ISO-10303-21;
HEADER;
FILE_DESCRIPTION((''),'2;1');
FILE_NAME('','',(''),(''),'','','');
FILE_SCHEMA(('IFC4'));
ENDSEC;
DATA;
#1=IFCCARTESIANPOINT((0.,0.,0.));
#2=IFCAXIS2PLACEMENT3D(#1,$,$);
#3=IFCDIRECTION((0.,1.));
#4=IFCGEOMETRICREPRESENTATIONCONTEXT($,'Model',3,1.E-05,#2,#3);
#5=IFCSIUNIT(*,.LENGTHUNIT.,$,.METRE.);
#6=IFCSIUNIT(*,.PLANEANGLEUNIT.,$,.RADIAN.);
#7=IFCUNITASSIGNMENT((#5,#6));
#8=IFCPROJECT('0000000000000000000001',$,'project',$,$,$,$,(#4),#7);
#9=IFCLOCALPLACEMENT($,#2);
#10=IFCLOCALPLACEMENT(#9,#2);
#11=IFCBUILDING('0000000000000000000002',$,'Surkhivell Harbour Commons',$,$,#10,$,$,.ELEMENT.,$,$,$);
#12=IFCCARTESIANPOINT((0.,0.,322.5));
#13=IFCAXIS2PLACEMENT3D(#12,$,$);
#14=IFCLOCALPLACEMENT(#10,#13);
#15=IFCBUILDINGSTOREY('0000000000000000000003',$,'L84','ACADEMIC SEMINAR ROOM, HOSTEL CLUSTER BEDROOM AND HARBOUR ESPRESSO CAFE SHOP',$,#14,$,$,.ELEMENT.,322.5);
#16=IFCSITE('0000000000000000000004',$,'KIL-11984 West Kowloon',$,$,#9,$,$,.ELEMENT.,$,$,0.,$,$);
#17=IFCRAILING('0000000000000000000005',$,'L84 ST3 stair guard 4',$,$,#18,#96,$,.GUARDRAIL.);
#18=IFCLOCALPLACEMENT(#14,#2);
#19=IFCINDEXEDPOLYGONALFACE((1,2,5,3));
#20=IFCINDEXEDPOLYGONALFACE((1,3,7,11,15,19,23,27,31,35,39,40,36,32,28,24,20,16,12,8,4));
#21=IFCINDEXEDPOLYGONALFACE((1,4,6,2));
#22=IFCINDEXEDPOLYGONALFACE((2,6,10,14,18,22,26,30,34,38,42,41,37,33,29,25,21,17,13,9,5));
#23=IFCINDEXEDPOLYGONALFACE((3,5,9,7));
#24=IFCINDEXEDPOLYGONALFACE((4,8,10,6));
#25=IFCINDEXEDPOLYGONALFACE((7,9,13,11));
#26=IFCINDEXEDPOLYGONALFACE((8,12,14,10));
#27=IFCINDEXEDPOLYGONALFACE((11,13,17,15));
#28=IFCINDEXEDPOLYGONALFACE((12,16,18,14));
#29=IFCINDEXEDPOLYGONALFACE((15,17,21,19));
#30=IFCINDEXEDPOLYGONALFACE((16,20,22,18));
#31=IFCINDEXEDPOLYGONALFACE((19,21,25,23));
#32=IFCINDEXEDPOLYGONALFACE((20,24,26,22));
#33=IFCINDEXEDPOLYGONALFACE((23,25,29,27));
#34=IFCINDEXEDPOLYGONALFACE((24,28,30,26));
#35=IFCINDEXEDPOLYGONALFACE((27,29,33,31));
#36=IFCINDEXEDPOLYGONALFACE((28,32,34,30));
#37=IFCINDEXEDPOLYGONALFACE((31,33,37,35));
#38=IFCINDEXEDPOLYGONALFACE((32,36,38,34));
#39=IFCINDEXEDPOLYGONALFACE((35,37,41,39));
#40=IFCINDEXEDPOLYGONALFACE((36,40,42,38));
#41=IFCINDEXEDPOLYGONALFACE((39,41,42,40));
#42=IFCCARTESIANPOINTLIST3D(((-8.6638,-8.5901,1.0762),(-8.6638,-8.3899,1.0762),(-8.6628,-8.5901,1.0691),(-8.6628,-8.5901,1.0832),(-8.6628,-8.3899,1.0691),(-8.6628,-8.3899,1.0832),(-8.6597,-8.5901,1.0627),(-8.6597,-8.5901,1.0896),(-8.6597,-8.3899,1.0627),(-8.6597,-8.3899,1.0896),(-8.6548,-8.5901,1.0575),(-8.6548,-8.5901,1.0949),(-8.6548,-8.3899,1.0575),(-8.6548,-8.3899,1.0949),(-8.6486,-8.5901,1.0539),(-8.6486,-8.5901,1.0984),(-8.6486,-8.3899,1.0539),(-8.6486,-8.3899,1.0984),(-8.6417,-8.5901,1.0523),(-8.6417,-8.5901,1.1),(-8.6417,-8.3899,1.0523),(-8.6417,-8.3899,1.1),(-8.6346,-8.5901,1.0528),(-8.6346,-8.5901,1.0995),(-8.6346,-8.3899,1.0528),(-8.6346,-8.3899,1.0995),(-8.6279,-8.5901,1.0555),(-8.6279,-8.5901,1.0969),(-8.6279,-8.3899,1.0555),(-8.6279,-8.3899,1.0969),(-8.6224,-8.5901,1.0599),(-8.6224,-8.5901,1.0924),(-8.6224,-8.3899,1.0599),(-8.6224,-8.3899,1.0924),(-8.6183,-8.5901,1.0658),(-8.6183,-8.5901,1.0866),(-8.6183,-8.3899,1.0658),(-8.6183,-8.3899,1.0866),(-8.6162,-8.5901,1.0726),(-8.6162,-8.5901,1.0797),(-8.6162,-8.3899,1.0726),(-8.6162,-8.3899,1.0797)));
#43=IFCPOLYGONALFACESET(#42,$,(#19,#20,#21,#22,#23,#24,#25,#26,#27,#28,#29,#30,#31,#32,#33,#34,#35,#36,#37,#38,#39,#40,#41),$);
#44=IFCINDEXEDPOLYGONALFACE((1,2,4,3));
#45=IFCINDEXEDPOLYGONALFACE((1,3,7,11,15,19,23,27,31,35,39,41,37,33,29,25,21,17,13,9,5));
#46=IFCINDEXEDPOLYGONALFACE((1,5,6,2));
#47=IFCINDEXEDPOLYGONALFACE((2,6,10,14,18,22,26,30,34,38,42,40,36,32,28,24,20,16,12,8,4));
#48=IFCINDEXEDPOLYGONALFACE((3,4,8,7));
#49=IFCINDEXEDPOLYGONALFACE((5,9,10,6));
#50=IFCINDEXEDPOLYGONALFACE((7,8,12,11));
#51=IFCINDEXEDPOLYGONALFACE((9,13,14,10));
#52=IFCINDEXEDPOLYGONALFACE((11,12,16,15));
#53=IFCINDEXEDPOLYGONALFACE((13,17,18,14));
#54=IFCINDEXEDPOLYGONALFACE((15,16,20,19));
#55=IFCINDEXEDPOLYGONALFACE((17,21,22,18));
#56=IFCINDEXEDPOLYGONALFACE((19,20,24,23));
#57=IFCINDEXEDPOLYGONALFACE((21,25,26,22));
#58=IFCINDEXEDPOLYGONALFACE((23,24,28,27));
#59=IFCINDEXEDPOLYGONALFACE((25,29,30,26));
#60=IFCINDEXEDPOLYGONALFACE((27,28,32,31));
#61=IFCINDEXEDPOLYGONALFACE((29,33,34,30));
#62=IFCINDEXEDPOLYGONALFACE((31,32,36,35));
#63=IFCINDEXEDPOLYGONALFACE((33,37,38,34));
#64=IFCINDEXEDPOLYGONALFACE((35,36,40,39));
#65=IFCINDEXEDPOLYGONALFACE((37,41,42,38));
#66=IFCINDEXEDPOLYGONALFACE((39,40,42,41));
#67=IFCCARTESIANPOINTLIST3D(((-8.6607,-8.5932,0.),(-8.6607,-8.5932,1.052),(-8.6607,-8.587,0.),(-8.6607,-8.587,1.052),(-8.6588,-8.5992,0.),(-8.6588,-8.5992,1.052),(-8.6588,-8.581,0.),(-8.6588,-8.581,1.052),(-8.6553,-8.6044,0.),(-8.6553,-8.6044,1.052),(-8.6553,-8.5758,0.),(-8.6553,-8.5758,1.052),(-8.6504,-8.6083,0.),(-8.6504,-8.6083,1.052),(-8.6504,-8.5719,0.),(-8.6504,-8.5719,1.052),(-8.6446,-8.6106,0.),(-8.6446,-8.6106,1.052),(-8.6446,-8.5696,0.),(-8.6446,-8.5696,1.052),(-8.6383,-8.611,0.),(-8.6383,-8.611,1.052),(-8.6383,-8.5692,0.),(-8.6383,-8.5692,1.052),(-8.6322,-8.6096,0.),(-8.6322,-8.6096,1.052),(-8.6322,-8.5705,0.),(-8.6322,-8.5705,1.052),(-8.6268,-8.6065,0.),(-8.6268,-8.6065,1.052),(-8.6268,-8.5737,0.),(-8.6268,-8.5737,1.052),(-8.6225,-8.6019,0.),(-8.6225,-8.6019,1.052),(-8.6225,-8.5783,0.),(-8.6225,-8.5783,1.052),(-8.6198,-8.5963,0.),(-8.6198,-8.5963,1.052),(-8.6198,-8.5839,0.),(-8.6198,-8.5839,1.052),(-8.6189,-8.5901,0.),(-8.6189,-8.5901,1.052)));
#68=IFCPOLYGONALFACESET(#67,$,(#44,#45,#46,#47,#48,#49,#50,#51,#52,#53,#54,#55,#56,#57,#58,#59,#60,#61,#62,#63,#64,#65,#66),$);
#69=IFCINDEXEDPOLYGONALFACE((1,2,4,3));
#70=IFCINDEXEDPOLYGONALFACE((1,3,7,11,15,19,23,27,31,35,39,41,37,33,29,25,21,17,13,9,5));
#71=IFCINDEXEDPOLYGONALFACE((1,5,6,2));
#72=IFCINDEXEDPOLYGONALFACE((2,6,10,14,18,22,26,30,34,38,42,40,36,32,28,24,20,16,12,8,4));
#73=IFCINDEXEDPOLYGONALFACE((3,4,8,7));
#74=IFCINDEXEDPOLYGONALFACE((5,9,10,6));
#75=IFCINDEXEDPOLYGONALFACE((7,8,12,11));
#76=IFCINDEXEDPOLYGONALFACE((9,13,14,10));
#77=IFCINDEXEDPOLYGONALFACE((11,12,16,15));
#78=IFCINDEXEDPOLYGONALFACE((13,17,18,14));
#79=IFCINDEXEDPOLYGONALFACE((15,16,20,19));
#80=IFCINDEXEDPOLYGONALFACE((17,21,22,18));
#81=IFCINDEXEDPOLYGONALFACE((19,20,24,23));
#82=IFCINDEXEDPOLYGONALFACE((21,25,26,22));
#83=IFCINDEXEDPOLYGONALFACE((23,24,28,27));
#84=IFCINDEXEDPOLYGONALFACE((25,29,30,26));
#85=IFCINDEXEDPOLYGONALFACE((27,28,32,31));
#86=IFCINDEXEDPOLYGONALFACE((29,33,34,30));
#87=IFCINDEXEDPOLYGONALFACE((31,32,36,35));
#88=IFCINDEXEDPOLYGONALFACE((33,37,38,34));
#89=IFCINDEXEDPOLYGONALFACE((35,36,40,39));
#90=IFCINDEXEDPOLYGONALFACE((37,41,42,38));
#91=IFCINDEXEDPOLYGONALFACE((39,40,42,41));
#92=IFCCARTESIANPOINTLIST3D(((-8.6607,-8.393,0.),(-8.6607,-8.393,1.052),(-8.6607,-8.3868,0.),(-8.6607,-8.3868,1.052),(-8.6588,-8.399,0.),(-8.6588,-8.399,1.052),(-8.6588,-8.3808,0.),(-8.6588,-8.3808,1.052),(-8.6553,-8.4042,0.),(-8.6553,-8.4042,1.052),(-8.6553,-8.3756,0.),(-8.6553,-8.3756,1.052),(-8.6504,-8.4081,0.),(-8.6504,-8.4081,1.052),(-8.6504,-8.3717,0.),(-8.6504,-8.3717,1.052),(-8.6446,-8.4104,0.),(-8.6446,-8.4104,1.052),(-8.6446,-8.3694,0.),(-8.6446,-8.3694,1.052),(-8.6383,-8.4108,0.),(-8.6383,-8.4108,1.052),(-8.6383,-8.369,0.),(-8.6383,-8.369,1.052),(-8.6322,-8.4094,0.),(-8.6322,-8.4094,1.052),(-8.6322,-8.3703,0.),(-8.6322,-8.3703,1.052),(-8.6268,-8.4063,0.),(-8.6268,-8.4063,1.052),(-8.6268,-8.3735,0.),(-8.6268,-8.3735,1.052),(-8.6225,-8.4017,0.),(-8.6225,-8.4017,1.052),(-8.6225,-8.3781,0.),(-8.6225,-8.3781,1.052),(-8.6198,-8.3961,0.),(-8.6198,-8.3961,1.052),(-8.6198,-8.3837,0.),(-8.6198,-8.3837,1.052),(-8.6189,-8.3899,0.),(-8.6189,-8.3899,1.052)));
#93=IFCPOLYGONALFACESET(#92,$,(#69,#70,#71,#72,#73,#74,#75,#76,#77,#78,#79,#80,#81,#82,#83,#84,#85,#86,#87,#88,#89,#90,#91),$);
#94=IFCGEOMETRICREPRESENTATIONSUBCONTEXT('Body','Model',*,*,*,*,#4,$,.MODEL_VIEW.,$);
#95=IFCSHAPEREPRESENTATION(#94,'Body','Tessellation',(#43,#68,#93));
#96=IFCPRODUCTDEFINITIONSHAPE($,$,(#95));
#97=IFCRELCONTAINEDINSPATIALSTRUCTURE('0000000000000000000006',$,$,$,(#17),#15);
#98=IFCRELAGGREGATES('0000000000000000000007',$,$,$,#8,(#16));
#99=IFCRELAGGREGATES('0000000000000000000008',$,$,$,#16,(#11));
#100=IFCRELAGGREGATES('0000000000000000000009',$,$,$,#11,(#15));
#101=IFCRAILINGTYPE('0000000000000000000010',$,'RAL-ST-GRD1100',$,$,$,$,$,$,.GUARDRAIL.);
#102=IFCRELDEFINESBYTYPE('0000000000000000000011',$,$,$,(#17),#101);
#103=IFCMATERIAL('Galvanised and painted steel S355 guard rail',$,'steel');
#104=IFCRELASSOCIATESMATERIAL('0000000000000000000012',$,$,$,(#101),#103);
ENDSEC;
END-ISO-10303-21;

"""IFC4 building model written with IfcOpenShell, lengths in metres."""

from ifc_helpers import new_model, si_unit, direction, frame, origin, origin_2d, place, context, subcontext, project, spatial, circle, extrude, material, type_object, element, save


model = new_model("IFC4")

# Units and contexts
model_context = context("Model", 3, precision=1e-05, world=origin(), true_north=direction((0.0, 1.0)))
body_context = subcontext(model_context, "Body", "Model", "MODEL_VIEW")
ifc_project = project(units=[si_unit("LENGTHUNIT", "METRE"), si_unit("PLANEANGLEUNIT", "RADIAN")], contexts=[model_context])

# Site, building, storey
site_placement = place(None, origin())
site = spatial("IfcSite", under=ifc_project, at=site_placement, Name="KIL-11984 West Kowloon", CompositionType="ELEMENT", RefElevation=0.0)
building_placement = place(site_placement, origin())
building = spatial("IfcBuilding", under=site, at=building_placement, Name="Surkhivell Harbour Commons", CompositionType="ELEMENT")
storey_placement = place(building_placement, frame((0.0, 0.0, 322.5)))
storey = spatial("IfcBuildingStorey", under=building, at=storey_placement, Name="L84", Description="ACADEMIC SEMINAR ROOM, HOSTEL CLUSTER BEDROOM AND HARBOUR ESPRESSO CAFE SHOP", CompositionType="ELEMENT", Elevation=322.5)

# Railing
ifc_material_1 = material(Name="Galvanised and painted steel S355 guard rail", Category="steel")
railing_type_1 = type_object("IfcRailingType", Name="RAL-ST-GRD1100", PredefinedType="GUARDRAIL", material=ifc_material_1)
railing_1_placement = place(storey_placement, frame((-8.6399, -8.5901, 0.0)))
element("IfcRailing", 1, at=railing_1_placement, inside=storey, type_object=railing_type_1, Name="L84 ST3 stair guard 4", PredefinedType="GUARDRAIL", context=body_context, shape_type="SweptSolid", body=[
    extrude(circle(Radius=0.0239, at=origin_2d()), frame((0.0, 0.0, 1.0762), z_axis=(0.0, 1.0, 0.0), x_axis=(-1.0, 0.0, 0.0)), (0.0, 0.0, 1.0), 0.2002),
    extrude(circle(Radius=0.021, at=origin_2d()), origin(), (0.0, 0.0, 1.0), 1.052),
    extrude(circle(Radius=0.021, at=origin_2d()), frame((0.0, 0.2002, 0.0)), (0.0, 0.0, 1.0), 1.052),
])

save(model, "model.ifc")
